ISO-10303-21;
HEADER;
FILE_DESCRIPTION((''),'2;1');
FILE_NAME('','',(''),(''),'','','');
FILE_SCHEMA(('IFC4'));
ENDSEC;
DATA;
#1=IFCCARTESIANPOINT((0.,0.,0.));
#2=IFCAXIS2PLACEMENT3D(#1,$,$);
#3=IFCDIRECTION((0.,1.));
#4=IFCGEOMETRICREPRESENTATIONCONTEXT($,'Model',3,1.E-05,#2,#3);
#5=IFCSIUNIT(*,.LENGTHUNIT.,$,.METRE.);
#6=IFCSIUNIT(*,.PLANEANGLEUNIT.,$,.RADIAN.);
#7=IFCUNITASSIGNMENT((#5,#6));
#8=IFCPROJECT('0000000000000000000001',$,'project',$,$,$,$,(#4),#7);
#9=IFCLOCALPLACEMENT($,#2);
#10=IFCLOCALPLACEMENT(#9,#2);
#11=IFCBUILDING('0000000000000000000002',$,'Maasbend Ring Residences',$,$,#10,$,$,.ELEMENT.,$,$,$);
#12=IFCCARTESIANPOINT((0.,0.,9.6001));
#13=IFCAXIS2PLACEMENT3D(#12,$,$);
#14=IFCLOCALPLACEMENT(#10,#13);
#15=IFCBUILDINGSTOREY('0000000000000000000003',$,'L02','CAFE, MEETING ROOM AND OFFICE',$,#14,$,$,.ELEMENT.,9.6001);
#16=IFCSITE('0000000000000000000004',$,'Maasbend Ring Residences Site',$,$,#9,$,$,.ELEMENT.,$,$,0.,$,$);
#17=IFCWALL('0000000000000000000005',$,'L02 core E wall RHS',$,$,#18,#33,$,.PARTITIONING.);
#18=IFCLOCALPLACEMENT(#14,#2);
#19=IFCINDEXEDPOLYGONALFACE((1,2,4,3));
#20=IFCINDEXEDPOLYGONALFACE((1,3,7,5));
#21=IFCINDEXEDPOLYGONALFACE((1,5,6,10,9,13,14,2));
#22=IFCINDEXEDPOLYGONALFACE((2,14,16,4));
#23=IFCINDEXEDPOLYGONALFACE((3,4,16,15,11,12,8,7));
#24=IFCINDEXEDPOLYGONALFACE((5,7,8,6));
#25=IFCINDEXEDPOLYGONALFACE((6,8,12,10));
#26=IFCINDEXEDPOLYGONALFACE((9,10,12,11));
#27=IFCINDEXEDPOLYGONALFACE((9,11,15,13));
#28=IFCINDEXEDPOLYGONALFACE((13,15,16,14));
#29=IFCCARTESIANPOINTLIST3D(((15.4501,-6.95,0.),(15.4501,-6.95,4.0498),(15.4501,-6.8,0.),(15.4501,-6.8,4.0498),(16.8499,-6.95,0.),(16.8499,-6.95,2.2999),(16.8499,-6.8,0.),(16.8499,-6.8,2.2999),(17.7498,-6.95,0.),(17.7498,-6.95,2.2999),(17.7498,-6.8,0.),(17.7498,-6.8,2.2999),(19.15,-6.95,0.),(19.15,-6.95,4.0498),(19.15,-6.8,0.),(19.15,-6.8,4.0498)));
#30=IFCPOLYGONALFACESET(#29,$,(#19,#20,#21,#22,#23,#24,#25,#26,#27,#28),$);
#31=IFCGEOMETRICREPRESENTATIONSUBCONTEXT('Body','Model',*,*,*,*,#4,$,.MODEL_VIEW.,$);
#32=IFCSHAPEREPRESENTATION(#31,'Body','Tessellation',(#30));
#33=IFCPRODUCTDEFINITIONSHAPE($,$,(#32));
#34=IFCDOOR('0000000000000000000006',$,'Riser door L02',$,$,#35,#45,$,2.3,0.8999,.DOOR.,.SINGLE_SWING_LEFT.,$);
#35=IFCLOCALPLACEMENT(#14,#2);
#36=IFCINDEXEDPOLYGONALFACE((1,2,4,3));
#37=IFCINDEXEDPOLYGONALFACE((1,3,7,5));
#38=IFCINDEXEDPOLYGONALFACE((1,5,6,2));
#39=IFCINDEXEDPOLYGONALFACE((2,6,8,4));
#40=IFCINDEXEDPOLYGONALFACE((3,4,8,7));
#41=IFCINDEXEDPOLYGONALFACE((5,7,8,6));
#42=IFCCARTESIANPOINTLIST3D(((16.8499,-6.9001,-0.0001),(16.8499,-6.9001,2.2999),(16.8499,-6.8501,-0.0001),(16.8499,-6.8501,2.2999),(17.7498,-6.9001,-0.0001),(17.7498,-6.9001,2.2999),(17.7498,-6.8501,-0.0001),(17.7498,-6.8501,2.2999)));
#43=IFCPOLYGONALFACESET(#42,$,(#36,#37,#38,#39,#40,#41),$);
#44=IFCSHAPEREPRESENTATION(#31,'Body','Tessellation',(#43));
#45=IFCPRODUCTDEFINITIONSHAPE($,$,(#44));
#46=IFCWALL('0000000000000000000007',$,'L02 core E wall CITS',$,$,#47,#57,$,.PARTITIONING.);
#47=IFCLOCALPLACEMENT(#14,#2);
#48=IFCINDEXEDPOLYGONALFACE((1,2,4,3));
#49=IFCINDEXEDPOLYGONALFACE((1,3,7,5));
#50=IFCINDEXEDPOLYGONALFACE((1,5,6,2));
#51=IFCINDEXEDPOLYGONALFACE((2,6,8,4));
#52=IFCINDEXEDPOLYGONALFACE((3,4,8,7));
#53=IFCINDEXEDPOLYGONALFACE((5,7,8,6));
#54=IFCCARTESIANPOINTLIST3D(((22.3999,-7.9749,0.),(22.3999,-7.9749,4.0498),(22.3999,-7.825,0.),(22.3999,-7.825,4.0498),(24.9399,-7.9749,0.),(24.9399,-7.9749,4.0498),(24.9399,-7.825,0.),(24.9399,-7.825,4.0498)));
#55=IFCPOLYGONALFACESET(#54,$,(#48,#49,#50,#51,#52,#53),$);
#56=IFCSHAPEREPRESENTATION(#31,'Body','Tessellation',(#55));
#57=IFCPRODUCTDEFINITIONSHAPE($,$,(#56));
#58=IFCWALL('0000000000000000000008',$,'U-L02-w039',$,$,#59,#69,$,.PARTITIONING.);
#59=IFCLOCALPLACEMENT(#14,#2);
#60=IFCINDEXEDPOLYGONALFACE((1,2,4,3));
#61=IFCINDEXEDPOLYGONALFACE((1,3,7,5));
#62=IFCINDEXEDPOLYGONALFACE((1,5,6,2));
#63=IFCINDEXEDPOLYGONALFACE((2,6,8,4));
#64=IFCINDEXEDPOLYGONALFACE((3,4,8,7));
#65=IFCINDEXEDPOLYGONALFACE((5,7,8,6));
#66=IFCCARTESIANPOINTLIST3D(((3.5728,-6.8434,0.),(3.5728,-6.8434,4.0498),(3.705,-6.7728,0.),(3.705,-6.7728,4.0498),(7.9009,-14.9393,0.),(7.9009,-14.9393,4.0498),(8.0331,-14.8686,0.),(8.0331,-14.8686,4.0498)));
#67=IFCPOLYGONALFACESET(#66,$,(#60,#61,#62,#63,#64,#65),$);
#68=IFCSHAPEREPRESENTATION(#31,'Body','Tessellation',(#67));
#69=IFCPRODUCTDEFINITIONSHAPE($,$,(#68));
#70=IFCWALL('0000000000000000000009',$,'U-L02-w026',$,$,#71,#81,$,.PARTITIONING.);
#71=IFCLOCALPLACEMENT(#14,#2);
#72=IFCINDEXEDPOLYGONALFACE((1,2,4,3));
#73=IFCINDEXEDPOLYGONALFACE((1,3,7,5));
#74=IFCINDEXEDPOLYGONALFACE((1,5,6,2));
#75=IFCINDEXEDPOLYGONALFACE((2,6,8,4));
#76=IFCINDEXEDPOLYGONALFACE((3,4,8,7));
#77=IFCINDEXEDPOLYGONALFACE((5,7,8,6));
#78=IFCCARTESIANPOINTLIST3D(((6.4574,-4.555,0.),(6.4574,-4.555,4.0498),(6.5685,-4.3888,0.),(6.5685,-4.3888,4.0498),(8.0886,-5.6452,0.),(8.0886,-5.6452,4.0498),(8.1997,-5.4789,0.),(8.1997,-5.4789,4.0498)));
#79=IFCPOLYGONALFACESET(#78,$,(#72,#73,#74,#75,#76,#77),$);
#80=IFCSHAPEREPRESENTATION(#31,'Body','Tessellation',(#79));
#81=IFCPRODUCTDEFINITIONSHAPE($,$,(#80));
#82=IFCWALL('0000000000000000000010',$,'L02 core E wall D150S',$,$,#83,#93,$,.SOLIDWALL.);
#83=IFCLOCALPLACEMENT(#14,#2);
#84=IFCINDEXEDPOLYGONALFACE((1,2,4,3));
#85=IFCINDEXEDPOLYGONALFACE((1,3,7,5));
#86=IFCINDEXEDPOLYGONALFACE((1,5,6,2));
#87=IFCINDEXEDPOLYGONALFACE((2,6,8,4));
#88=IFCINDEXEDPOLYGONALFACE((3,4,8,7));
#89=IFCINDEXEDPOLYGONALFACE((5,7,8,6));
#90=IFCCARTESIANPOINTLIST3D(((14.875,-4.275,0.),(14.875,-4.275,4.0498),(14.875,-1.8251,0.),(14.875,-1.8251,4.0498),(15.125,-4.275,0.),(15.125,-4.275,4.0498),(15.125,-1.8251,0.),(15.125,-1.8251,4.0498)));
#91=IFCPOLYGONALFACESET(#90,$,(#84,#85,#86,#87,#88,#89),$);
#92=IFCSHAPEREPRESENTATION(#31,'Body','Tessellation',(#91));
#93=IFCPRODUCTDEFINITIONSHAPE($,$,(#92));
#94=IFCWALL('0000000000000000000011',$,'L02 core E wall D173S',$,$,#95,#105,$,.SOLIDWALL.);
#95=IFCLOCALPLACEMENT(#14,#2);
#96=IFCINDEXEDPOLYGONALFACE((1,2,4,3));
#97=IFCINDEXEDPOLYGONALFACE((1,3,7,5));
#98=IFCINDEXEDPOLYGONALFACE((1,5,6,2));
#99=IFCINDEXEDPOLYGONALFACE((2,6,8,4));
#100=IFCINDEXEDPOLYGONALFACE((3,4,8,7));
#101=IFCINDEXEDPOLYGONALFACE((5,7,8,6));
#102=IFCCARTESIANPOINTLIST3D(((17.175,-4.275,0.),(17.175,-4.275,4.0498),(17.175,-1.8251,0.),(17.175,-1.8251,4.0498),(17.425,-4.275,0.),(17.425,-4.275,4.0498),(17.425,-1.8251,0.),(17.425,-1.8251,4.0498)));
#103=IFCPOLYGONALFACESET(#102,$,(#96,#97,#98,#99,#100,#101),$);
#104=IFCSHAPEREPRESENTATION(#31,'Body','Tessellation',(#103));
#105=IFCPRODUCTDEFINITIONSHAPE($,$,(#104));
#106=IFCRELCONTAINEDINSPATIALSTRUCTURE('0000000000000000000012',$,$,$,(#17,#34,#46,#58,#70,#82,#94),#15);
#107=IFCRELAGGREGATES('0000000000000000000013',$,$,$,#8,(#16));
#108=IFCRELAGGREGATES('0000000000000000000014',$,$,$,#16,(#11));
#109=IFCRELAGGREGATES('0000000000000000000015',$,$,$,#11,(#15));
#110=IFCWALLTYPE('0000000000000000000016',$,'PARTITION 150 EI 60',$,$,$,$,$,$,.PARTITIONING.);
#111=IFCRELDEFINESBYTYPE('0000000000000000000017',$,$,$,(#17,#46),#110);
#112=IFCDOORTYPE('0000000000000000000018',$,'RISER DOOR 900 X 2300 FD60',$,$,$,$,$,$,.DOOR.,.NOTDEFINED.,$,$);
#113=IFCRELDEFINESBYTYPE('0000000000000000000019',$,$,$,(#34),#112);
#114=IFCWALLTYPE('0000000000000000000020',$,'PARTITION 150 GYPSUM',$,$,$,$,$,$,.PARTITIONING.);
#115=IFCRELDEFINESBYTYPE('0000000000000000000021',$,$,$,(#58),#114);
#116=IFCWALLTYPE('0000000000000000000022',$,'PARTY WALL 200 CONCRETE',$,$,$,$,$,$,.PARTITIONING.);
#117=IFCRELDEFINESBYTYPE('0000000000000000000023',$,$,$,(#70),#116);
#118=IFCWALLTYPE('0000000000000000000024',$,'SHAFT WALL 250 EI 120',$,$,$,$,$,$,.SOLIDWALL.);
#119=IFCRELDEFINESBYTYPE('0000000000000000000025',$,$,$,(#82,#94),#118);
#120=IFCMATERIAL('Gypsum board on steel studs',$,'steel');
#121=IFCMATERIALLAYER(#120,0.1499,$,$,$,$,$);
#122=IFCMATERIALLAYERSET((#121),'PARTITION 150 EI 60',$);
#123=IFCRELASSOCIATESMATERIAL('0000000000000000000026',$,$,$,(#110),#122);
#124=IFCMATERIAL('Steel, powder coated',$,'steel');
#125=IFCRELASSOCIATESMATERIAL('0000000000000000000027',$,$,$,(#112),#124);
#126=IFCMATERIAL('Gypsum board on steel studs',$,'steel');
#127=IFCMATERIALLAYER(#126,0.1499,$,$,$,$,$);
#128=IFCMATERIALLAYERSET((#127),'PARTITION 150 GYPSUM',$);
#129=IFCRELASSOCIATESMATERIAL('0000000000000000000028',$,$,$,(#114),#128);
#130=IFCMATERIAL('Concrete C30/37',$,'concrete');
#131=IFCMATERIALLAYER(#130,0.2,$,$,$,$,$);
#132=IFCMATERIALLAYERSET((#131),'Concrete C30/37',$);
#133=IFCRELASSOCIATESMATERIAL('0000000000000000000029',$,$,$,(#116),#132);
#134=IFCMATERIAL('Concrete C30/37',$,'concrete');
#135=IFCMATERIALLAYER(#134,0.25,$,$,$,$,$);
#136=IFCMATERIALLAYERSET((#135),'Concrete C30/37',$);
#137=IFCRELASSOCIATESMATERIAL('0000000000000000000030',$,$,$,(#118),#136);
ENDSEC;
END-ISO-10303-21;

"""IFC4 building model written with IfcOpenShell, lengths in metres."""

from ifc_helpers import new_model, si_unit, direction, frame, frame_2d, origin, place, context, subcontext, project, spatial, rectangle, extrude, material, layer, layer_set, type_object, element, fill, save


model = new_model("IFC4")

# Units and contexts
model_context = context("Model", 3, precision=1e-05, world=origin(), true_north=direction((0.0, 1.0)))
body_context = subcontext(model_context, "Body", "Model", "MODEL_VIEW")
ifc_project = project(units=[si_unit("LENGTHUNIT", "METRE"), si_unit("PLANEANGLEUNIT", "RADIAN")], contexts=[model_context])

# Site, building, storey
site_placement = place(None, origin())
site = spatial("IfcSite", under=ifc_project, at=site_placement, Name="Maasbend Ring Residences Site", CompositionType="ELEMENT", RefElevation=0.0)
building_placement = place(site_placement, origin())
building = spatial("IfcBuilding", under=site, at=building_placement, Name="Maasbend Ring Residences", CompositionType="ELEMENT")
storey_placement = place(building_placement, frame((0.0, 0.0, 9.6001)))
storey = spatial("IfcBuildingStorey", under=building, at=storey_placement, Name="L02", Description="CAFE, MEETING ROOM AND OFFICE", CompositionType="ELEMENT", Elevation=9.6001)

# Shared definitions
ifc_material_1 = material(Name="Gypsum board on steel studs", Category="steel")
ifc_layer_1 = layer(ifc_material_1, 0.1499)
ifc_layer_set_1 = layer_set([ifc_layer_1], Name="PARTITION 150 EI 60")
wall_type_1 = type_object("IfcWallType", Name="PARTITION 150 EI 60", PredefinedType="PARTITIONING", material=ifc_layer_set_1)

# Wall, opening, door
wall_1_placement = place(storey_placement, frame((15.45, -6.875, 0.0), z_axis=(0.0, 0.0, 1.0), x_axis=(1.0, 0.0, 0.0)))
wall_1 = element("IfcWall", 1, at=wall_1_placement, inside=storey, type_object=wall_type_1, Name="L02 core E wall RHS", PredefinedType="PARTITIONING", context=body_context, shape_type="SweptSolid", body=[
    extrude(rectangle(XDim=3.7, YDim=0.1499, at=frame_2d((1.8501, 0.0))), origin(), (0.0, 0.0, 1.0), 4.0498),
])
opening_1_placement = place(wall_1_placement, frame((1.3999, 0.0, 0.0)))
opening_1 = element("IfcOpeningElement", 2, at=opening_1_placement, cuts=wall_1, PredefinedType="OPENING", context=body_context, shape_type="SweptSolid", body=[
    extrude(rectangle(XDim=0.8999, YDim=2.3, at=frame_2d((0.45, 1.1499))), frame((0.0, 0.085, 0.0), z_axis=(0.0, -1.0, 0.0), x_axis=(1.0, 0.0, 0.0)), (0.0, 0.0, 1.0), 0.1699),
])
ifc_material_2 = material(Name="Steel, powder coated", Category="steel")
door_type_1 = type_object("IfcDoorType", Name="RISER DOOR 900 X 2300 FD60", OperationType="NOTDEFINED", PredefinedType="DOOR", material=ifc_material_2)
door_1_placement = place(opening_1_placement, origin())
door_1 = element("IfcDoor", 3, at=door_1_placement, inside=storey, type_object=door_type_1, Name="Riser door L02", OperationType="SINGLE_SWING_LEFT", OverallHeight=2.3, OverallWidth=0.8999, PredefinedType="DOOR", context=body_context, shape_type="SweptSolid", body=[
    extrude(rectangle(XDim=0.8999, YDim=2.3, at=frame_2d((0.45, 1.1499))), frame((0.0, 0.0249, 0.0), z_axis=(0.0, -1.0, 0.0), x_axis=(1.0, 0.0, 0.0)), (0.0, 0.0, 1.0), 0.05),
])
fill(opening_1, door_1)

# Walls
wall_2_placement = place(storey_placement, frame((22.3999, -7.8999, 0.0), z_axis=(0.0, 0.0, 1.0), x_axis=(1.0, 0.0, 0.0)))
element("IfcWall", 4, at=wall_2_placement, inside=storey, type_object=wall_type_1, Name="L02 core E wall CITS", PredefinedType="PARTITIONING", context=body_context, shape_type="SweptSolid", body=[
    extrude(rectangle(XDim=2.54, YDim=0.1499, at=frame_2d((1.27, 0.0))), origin(), (0.0, 0.0, 1.0), 4.0498),
])
ifc_material_3 = material(Name="Gypsum board on steel studs", Category="steel")
ifc_layer_2 = layer(ifc_material_3, 0.1499)
ifc_layer_set_2 = layer_set([ifc_layer_2], Name="PARTITION 150 GYPSUM")
wall_type_2 = type_object("IfcWallType", Name="PARTITION 150 GYPSUM", PredefinedType="PARTITIONING", material=ifc_layer_set_2)
wall_3_placement = place(storey_placement, frame((3.6389, -6.8081, 0.0), z_axis=(0.0, 0.0, 1.0), x_axis=(0.47146, -0.881887, 0.0)))
element("IfcWall", 5, at=wall_3_placement, inside=storey, type_object=wall_type_2, Name="U-L02-w039", PredefinedType="PARTITIONING", context=body_context, shape_type="SweptSolid", body=[
    extrude(rectangle(XDim=9.1802, YDim=0.1499, at=frame_2d((4.5901, 0.0))), origin(), (0.0, 0.0, 1.0), 4.0498),
])
ifc_material_4 = material(Name="Concrete C30/37", Category="concrete")
ifc_layer_3 = layer(ifc_material_4, 0.2)
ifc_layer_set_3 = layer_set([ifc_layer_3], Name="Concrete C30/37")
wall_type_3 = type_object("IfcWallType", Name="PARTY WALL 200 CONCRETE", PredefinedType="PARTITIONING", material=ifc_layer_set_3)
wall_4_placement = place(storey_placement, frame((6.5129, -4.4719, 0.0), z_axis=(0.0, 0.0, 1.0), x_axis=(0.831418, -0.555648, 0.0)))
element("IfcWall", 6, at=wall_4_placement, inside=storey, type_object=wall_type_3, Name="U-L02-w026", PredefinedType="PARTITIONING", context=body_context, shape_type="SweptSolid", body=[
    extrude(rectangle(XDim=1.9619, YDim=0.2, at=frame_2d((0.981, 0.0))), origin(), (0.0, 0.0, 1.0), 4.0498),
])
ifc_material_5 = material(Name="Concrete C30/37", Category="concrete")
ifc_layer_4 = layer(ifc_material_5, 0.25)
ifc_layer_set_4 = layer_set([ifc_layer_4], Name="Concrete C30/37")
wall_type_4 = type_object("IfcWallType", Name="SHAFT WALL 250 EI 120", PredefinedType="SOLIDWALL", material=ifc_layer_set_4)
for number, where, z_axis, x_axis, name in (
    (7, (15.0, -1.825, 0.0), (0.0, 0.0, 1.0), (0.0, -1.0, 0.0), "L02 core E wall D150S"),
    (8, (17.3, -1.825, 0.0), (0.0, 0.0, 1.0), (0.0, -1.0, 0.0), "L02 core E wall D173S"),
):
    element("IfcWall", number, at=place(storey_placement, frame(where, z_axis=z_axis, x_axis=x_axis)), inside=storey, type_object=wall_type_4, Name=name, PredefinedType="SOLIDWALL", context=body_context, shape_type="SweptSolid", body=[
        extrude(rectangle(XDim=2.45, YDim=0.25, at=frame_2d((1.2251, 0.0))), origin(), (0.0, 0.0, 1.0), 4.0498),
    ])

save(model, "model.ifc")
